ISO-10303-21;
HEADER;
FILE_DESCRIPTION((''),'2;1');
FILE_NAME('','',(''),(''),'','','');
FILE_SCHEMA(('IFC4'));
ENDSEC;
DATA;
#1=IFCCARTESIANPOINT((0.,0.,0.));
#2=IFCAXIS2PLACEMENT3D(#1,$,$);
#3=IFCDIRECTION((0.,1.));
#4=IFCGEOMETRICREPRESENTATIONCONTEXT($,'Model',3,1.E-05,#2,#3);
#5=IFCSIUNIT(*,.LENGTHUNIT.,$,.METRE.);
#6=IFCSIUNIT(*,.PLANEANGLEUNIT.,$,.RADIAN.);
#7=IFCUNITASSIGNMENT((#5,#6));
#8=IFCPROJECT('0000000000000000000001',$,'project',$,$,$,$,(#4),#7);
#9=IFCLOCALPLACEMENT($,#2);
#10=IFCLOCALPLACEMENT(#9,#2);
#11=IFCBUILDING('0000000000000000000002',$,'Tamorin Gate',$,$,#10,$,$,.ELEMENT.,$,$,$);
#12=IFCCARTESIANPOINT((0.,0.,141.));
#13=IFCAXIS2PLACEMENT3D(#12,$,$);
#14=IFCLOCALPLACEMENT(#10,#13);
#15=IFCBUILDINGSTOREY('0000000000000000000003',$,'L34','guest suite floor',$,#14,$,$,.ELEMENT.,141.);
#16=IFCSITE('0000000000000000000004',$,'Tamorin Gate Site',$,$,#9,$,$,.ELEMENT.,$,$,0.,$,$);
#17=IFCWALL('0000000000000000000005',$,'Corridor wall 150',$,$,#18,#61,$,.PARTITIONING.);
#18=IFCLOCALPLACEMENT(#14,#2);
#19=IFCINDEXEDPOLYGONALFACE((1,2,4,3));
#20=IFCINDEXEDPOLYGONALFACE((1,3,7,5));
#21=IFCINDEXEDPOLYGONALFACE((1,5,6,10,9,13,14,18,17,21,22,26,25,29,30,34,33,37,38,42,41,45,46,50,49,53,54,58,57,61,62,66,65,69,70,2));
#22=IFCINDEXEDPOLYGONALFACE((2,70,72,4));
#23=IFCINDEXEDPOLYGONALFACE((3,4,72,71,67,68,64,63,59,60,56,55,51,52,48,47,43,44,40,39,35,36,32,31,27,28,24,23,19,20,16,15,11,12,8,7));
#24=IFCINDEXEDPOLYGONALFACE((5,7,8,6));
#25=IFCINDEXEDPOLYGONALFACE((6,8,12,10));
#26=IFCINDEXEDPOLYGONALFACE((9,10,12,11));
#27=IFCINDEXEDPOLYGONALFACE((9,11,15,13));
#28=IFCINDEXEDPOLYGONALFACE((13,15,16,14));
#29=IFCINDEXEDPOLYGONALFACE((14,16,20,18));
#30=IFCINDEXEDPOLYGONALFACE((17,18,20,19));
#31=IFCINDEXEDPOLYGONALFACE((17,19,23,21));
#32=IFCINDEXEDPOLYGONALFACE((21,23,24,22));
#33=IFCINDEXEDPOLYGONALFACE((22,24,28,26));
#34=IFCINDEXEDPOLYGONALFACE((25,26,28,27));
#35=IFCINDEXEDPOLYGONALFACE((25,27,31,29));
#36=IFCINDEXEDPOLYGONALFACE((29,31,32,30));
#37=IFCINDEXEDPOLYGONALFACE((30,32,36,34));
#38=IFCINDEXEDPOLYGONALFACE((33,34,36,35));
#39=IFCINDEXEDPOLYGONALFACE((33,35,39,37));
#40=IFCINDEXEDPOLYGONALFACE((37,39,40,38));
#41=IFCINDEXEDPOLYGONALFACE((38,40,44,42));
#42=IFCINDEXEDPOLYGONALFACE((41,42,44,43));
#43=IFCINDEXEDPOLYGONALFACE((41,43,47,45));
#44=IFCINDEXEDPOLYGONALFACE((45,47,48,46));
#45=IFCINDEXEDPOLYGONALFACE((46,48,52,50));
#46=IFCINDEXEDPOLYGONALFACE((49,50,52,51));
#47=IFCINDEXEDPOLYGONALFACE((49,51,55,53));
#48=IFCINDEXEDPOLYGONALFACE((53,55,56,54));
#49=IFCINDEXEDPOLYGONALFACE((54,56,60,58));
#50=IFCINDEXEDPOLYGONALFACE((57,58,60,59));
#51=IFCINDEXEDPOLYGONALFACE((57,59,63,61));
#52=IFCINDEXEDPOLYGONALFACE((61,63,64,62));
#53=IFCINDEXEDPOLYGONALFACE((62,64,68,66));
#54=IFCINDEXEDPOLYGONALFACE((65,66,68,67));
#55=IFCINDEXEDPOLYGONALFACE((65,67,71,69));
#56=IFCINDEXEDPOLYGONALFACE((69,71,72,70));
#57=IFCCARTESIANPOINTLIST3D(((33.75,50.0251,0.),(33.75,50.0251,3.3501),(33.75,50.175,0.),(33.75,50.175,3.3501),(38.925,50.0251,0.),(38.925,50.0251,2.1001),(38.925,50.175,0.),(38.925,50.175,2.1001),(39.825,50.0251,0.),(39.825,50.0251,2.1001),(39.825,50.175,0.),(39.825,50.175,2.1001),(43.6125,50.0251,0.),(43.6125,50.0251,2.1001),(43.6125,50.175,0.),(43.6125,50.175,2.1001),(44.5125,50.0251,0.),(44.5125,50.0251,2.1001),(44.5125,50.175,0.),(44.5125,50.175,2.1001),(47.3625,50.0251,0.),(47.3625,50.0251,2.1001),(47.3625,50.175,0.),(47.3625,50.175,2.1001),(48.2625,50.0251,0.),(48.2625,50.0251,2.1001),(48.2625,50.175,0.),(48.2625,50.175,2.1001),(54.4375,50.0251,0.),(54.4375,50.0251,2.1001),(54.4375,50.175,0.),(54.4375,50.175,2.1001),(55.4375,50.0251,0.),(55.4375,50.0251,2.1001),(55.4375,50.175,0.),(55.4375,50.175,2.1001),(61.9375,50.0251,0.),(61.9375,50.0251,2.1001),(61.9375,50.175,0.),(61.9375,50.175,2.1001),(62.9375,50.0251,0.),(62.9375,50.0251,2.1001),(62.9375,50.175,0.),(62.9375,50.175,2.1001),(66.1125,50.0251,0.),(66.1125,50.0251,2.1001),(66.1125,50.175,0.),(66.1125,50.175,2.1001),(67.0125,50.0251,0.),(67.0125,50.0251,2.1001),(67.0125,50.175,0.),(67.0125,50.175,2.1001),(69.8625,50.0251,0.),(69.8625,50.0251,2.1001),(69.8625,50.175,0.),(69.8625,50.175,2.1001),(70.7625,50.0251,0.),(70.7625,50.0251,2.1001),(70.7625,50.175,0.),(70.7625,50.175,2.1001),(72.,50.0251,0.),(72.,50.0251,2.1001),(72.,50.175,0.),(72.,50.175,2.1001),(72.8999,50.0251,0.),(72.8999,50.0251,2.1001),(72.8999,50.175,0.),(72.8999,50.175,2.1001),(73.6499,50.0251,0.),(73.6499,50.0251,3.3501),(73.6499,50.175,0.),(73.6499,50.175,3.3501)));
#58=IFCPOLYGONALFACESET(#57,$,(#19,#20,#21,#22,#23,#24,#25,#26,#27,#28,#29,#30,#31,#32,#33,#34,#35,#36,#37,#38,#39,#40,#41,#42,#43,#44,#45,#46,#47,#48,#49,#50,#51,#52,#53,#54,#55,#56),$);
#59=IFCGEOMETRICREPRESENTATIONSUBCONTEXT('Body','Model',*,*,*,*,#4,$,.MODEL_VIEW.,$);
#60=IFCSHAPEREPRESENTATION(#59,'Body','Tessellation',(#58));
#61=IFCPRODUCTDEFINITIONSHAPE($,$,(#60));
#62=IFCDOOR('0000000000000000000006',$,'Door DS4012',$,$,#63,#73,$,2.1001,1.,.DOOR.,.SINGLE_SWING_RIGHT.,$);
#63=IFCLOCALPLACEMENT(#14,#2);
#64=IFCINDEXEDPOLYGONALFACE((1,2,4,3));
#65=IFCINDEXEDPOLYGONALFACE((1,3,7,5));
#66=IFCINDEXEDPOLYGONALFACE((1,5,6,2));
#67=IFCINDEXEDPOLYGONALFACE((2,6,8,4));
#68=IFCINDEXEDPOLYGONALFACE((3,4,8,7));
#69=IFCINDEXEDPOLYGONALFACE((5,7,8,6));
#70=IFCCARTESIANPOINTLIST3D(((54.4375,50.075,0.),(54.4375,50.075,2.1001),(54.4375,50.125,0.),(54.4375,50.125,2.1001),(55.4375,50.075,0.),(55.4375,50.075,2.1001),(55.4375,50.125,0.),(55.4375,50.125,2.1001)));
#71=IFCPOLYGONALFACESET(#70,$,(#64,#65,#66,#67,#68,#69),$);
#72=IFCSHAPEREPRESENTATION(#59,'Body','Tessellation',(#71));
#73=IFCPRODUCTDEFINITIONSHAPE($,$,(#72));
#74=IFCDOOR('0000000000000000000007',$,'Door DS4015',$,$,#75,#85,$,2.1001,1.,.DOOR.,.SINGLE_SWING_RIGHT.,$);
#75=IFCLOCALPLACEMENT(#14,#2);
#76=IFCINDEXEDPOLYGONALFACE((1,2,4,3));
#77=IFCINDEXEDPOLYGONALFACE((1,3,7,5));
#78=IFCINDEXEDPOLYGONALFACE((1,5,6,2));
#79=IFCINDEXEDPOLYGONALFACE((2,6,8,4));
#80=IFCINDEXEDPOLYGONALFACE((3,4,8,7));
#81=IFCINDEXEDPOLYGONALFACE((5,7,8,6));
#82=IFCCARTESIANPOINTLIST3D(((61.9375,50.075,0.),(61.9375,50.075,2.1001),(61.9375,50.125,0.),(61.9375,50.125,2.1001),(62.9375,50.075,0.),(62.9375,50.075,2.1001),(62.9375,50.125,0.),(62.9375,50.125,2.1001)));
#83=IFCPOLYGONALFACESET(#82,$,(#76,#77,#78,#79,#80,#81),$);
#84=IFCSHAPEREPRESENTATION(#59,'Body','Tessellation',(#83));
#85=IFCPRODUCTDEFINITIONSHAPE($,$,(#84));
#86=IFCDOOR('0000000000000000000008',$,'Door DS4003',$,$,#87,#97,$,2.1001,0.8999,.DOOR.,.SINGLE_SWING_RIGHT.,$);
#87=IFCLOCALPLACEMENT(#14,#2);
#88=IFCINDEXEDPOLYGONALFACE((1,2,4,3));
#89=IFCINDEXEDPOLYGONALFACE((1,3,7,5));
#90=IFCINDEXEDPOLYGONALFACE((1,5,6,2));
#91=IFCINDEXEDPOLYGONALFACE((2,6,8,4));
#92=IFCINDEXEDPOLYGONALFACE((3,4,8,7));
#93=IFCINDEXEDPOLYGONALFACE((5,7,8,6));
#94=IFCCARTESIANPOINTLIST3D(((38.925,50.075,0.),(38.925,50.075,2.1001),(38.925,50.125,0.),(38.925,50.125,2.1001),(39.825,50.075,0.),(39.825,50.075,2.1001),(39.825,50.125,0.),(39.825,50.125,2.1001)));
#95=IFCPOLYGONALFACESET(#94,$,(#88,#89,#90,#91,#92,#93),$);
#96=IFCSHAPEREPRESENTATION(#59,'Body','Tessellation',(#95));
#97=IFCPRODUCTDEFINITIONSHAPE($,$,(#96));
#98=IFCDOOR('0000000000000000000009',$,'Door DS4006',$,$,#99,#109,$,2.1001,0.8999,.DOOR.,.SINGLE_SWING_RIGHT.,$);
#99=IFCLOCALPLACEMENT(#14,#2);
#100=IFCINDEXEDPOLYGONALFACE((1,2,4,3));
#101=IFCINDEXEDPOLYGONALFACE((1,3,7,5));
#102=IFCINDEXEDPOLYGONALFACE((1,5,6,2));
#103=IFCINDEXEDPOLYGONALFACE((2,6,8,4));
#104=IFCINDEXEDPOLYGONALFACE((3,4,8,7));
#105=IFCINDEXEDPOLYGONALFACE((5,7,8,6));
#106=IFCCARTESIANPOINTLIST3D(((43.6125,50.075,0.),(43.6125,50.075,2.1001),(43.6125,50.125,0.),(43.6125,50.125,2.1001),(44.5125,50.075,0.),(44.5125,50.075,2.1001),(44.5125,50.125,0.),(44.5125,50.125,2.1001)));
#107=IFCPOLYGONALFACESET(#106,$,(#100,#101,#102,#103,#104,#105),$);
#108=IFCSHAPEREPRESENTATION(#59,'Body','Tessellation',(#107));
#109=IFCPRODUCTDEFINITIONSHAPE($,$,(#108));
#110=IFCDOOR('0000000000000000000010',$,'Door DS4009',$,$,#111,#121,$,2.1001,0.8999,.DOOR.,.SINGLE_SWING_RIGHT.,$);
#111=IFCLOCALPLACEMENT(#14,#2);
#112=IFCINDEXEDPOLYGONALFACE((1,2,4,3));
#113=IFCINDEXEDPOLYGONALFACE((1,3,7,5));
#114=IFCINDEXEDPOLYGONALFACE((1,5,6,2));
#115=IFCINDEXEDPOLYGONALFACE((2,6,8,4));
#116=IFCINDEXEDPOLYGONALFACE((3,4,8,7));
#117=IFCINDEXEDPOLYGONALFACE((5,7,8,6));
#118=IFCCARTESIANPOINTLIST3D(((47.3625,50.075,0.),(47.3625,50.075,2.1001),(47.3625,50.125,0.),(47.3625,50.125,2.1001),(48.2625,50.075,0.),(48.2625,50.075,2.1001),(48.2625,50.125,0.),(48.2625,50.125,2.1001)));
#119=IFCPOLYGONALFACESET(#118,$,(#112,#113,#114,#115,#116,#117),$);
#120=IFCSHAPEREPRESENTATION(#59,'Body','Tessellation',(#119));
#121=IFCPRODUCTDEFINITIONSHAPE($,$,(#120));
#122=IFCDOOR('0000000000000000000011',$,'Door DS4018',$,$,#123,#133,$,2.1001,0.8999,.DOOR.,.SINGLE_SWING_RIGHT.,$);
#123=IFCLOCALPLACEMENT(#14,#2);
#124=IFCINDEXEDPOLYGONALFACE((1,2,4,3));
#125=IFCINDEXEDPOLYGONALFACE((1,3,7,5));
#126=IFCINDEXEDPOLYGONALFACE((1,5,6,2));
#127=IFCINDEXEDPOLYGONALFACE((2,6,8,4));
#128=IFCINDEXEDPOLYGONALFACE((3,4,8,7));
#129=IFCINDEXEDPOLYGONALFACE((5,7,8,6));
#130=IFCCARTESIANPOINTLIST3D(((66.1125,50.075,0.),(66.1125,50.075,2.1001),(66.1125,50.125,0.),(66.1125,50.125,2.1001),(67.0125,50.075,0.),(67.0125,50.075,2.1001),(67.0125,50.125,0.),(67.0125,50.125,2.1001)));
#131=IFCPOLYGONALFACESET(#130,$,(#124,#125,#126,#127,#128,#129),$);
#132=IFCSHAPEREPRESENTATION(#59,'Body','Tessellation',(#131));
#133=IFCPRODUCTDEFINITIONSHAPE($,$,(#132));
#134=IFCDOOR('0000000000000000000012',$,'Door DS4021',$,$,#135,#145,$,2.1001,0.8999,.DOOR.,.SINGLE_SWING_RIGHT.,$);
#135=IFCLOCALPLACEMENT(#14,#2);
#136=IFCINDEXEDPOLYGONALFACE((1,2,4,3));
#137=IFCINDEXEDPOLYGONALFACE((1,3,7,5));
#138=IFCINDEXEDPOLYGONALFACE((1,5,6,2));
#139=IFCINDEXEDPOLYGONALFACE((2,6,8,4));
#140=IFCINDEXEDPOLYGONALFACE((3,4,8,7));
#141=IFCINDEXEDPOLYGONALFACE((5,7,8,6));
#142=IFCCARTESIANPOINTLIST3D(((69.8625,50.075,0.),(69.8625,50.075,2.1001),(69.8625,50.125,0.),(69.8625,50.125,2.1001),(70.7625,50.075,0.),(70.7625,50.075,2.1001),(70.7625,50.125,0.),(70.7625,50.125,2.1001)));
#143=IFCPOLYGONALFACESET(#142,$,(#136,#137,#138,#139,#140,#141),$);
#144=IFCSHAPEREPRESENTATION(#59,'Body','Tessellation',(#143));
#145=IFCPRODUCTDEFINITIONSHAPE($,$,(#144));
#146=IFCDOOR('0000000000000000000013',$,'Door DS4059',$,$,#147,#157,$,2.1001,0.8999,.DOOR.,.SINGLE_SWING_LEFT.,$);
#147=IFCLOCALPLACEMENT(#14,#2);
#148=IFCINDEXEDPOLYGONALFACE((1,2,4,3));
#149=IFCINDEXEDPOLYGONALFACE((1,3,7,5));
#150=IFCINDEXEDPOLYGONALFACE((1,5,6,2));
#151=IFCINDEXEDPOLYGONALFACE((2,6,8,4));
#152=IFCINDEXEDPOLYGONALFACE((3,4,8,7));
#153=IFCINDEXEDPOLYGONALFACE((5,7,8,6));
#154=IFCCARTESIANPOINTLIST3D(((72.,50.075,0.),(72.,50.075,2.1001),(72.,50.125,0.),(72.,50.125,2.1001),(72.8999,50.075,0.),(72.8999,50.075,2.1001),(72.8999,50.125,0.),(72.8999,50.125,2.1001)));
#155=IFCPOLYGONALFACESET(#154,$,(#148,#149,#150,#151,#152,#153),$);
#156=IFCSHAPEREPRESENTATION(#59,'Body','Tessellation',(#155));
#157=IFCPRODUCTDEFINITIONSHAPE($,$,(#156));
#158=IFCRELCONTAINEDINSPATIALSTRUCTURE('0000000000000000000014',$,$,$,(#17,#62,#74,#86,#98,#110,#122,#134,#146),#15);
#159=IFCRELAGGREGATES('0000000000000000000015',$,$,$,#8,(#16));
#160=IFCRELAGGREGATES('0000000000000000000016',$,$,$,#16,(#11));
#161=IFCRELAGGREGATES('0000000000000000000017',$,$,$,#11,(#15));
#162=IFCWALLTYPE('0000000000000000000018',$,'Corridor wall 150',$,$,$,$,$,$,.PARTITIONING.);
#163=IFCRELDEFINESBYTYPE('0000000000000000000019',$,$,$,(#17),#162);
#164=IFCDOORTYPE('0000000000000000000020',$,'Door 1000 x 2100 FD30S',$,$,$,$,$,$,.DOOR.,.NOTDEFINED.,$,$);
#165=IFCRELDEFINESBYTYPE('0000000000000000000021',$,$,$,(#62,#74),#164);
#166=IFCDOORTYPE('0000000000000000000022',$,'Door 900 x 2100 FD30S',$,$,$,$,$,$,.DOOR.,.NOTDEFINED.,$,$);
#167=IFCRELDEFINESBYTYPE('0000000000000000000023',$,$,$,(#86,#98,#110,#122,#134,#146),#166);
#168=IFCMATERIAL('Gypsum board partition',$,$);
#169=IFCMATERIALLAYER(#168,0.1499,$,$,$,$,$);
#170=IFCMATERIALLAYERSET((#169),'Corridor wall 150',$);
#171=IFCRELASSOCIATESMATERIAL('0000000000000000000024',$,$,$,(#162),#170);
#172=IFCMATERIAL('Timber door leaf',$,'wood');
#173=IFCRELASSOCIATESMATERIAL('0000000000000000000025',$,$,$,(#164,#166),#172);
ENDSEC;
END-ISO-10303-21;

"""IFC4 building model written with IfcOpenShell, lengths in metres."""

from ifc_helpers import new_model, si_unit, direction, frame, frame_2d, origin, place, context, subcontext, project, spatial, rectangle, extrude, material, layer, layer_set, type_object, element, fill, save


model = new_model("IFC4")

# Units and contexts
model_context = context("Model", 3, precision=1e-05, world=origin(), true_north=direction((0.0, 1.0)))
body_context = subcontext(model_context, "Body", "Model", "MODEL_VIEW")
ifc_project = project(units=[si_unit("LENGTHUNIT", "METRE"), si_unit("PLANEANGLEUNIT", "RADIAN")], contexts=[model_context])

# Site, building, storey
site_placement = place(None, origin())
site = spatial("IfcSite", under=ifc_project, at=site_placement, Name="Tamorin Gate Site", CompositionType="ELEMENT", RefElevation=0.0)
building_placement = place(site_placement, origin())
building = spatial("IfcBuilding", under=site, at=building_placement, Name="Tamorin Gate", CompositionType="ELEMENT")
storey_placement = place(building_placement, frame((0.0, 0.0, 141.0)))
storey = spatial("IfcBuildingStorey", under=building, at=storey_placement, Name="L34", Description="guest suite floor", CompositionType="ELEMENT", Elevation=141.0)

# Wall, openings, doors
ifc_material_1 = material(Name="Gypsum board partition")
ifc_layer_1 = layer(ifc_material_1, 0.1499)
ifc_layer_set_1 = layer_set([ifc_layer_1], Name="Corridor wall 150")
wall_type_1 = type_object("IfcWallType", Name="Corridor wall 150", PredefinedType="PARTITIONING", material=ifc_layer_set_1)
wall_1_placement = place(storey_placement, frame((33.75, 50.1001, 0.0), z_axis=(0.0, 0.0, 1.0), x_axis=(1.0, 0.0, 0.0)))
wall_1 = element("IfcWall", 1, at=wall_1_placement, inside=storey, type_object=wall_type_1, Name="Corridor wall 150", PredefinedType="PARTITIONING", context=body_context, shape_type="SweptSolid", body=[
    extrude(rectangle(XDim=39.8999, YDim=0.1499, at=frame_2d((19.95, 0.0))), origin(), (0.0, 0.0, 1.0), 3.3501),
])
opening_1_placement = place(wall_1_placement, frame((5.175, 0.0, 0.0)))
opening_1 = element("IfcOpeningElement", 2, at=opening_1_placement, cuts=wall_1, PredefinedType="OPENING", context=body_context, shape_type="SweptSolid", body=[
    extrude(rectangle(XDim=0.8999, YDim=2.1001, at=frame_2d((0.45, 1.05))), frame((0.0, 0.085, 0.0), z_axis=(0.0, -1.0, 0.0), x_axis=(1.0, 0.0, 0.0)), (0.0, 0.0, 1.0), 0.1699),
])
opening_2_placement = place(wall_1_placement, frame((9.8625, 0.0, 0.0)))
opening_2 = element("IfcOpeningElement", 3, at=opening_2_placement, cuts=wall_1, PredefinedType="OPENING", context=body_context, shape_type="SweptSolid", body=[
    extrude(rectangle(XDim=0.8999, YDim=2.1001, at=frame_2d((0.45, 1.05))), frame((0.0, 0.085, 0.0), z_axis=(0.0, -1.0, 0.0), x_axis=(1.0, 0.0, 0.0)), (0.0, 0.0, 1.0), 0.1699),
])
opening_3_placement = place(wall_1_placement, frame((13.6125, 0.0, 0.0)))
opening_3 = element("IfcOpeningElement", 4, at=opening_3_placement, cuts=wall_1, PredefinedType="OPENING", context=body_context, shape_type="SweptSolid", body=[
    extrude(rectangle(XDim=0.8999, YDim=2.1001, at=frame_2d((0.45, 1.05))), frame((0.0, 0.085, 0.0), z_axis=(0.0, -1.0, 0.0), x_axis=(1.0, 0.0, 0.0)), (0.0, 0.0, 1.0), 0.1699),
])
opening_4_placement = place(wall_1_placement, frame((20.6875, 0.0, 0.0)))
opening_4 = element("IfcOpeningElement", 5, at=opening_4_placement, cuts=wall_1, PredefinedType="OPENING", context=body_context, shape_type="SweptSolid", body=[
    extrude(rectangle(XDim=1.0, YDim=2.1001, at=frame_2d((0.5, 1.05))), frame((0.0, 0.085, 0.0), z_axis=(0.0, -1.0, 0.0), x_axis=(1.0, 0.0, 0.0)), (0.0, 0.0, 1.0), 0.1699),
])
opening_5_placement = place(wall_1_placement, frame((28.1875, 0.0, 0.0)))
opening_5 = element("IfcOpeningElement", 6, at=opening_5_placement, cuts=wall_1, PredefinedType="OPENING", context=body_context, shape_type="SweptSolid", body=[
    extrude(rectangle(XDim=1.0, YDim=2.1001, at=frame_2d((0.5, 1.05))), frame((0.0, 0.085, 0.0), z_axis=(0.0, -1.0, 0.0), x_axis=(1.0, 0.0, 0.0)), (0.0, 0.0, 1.0), 0.1699),
])
opening_6_placement = place(wall_1_placement, frame((32.3625, 0.0, 0.0)))
opening_6 = element("IfcOpeningElement", 7, at=opening_6_placement, cuts=wall_1, PredefinedType="OPENING", context=body_context, shape_type="SweptSolid", body=[
    extrude(rectangle(XDim=0.8999, YDim=2.1001, at=frame_2d((0.45, 1.05))), frame((0.0, 0.085, 0.0), z_axis=(0.0, -1.0, 0.0), x_axis=(1.0, 0.0, 0.0)), (0.0, 0.0, 1.0), 0.1699),
])
opening_7_placement = place(wall_1_placement, frame((36.1125, 0.0, 0.0)))
opening_7 = element("IfcOpeningElement", 8, at=opening_7_placement, cuts=wall_1, PredefinedType="OPENING", context=body_context, shape_type="SweptSolid", body=[
    extrude(rectangle(XDim=0.8999, YDim=2.1001, at=frame_2d((0.45, 1.05))), frame((0.0, 0.085, 0.0), z_axis=(0.0, -1.0, 0.0), x_axis=(1.0, 0.0, 0.0)), (0.0, 0.0, 1.0), 0.1699),
])
opening_8_placement = place(wall_1_placement, frame((38.25, 0.0, 0.0)))
opening_8 = element("IfcOpeningElement", 9, at=opening_8_placement, cuts=wall_1, PredefinedType="OPENING", context=body_context, shape_type="SweptSolid", body=[
    extrude(rectangle(XDim=0.8999, YDim=2.1001, at=frame_2d((0.45, 1.05))), frame((0.0, 0.085, 0.0), z_axis=(0.0, -1.0, 0.0), x_axis=(1.0, 0.0, 0.0)), (0.0, 0.0, 1.0), 0.1699),
])
ifc_material_2 = material(Name="Timber door leaf", Category="wood")
door_type_1 = type_object("IfcDoorType", Name="Door 1000 x 2100 FD30S", OperationType="NOTDEFINED", PredefinedType="DOOR", material=ifc_material_2)
door_1_placement = place(opening_4_placement, origin())
door_1 = element("IfcDoor", 10, at=door_1_placement, inside=storey, type_object=door_type_1, Name="Door DS4012", OperationType="SINGLE_SWING_RIGHT", OverallHeight=2.1001, OverallWidth=1.0, PredefinedType="DOOR", context=body_context, shape_type="SweptSolid", body=[
    extrude(rectangle(XDim=1.0, YDim=2.1001, at=frame_2d((0.5, 1.05))), frame((0.0, 0.0249, 0.0), z_axis=(0.0, -1.0, 0.0), x_axis=(1.0, 0.0, 0.0)), (0.0, 0.0, 1.0), 0.05),
])
fill(opening_4, door_1)
door_2_placement = place(opening_5_placement, origin())
door_2 = element("IfcDoor", 11, at=door_2_placement, inside=storey, type_object=door_type_1, Name="Door DS4015", OperationType="SINGLE_SWING_RIGHT", OverallHeight=2.1001, OverallWidth=1.0, PredefinedType="DOOR", context=body_context, shape_type="SweptSolid", body=[
    extrude(rectangle(XDim=1.0, YDim=2.1001, at=frame_2d((0.5, 1.05))), frame((0.0, 0.0249, 0.0), z_axis=(0.0, -1.0, 0.0), x_axis=(1.0, 0.0, 0.0)), (0.0, 0.0, 1.0), 0.05),
])
fill(opening_5, door_2)
door_type_2 = type_object("IfcDoorType", Name="Door 900 x 2100 FD30S", OperationType="NOTDEFINED", PredefinedType="DOOR", material=ifc_material_2)
door_3_placement = place(opening_1_placement, origin())
door_3 = element("IfcDoor", 12, at=door_3_placement, inside=storey, type_object=door_type_2, Name="Door DS4003", OperationType="SINGLE_SWING_RIGHT", OverallHeight=2.1001, OverallWidth=0.8999, PredefinedType="DOOR", context=body_context, shape_type="SweptSolid", body=[
    extrude(rectangle(XDim=0.8999, YDim=2.1001, at=frame_2d((0.45, 1.05))), frame((0.0, 0.0249, 0.0), z_axis=(0.0, -1.0, 0.0), x_axis=(1.0, 0.0, 0.0)), (0.0, 0.0, 1.0), 0.05),
])
fill(opening_1, door_3)
door_4_placement = place(opening_2_placement, origin())
door_4 = element("IfcDoor", 13, at=door_4_placement, inside=storey, type_object=door_type_2, Name="Door DS4006", OperationType="SINGLE_SWING_RIGHT", OverallHeight=2.1001, OverallWidth=0.8999, PredefinedType="DOOR", context=body_context, shape_type="SweptSolid", body=[
    extrude(rectangle(XDim=0.8999, YDim=2.1001, at=frame_2d((0.45, 1.05))), frame((0.0, 0.0249, 0.0), z_axis=(0.0, -1.0, 0.0), x_axis=(1.0, 0.0, 0.0)), (0.0, 0.0, 1.0), 0.05),
])
fill(opening_2, door_4)
door_5_placement = place(opening_3_placement, origin())
door_5 = element("IfcDoor", 14, at=door_5_placement, inside=storey, type_object=door_type_2, Name="Door DS4009", OperationType="SINGLE_SWING_RIGHT", OverallHeight=2.1001, OverallWidth=0.8999, PredefinedType="DOOR", context=body_context, shape_type="SweptSolid", body=[
    extrude(rectangle(XDim=0.8999, YDim=2.1001, at=frame_2d((0.45, 1.05))), frame((0.0, 0.0249, 0.0), z_axis=(0.0, -1.0, 0.0), x_axis=(1.0, 0.0, 0.0)), (0.0, 0.0, 1.0), 0.05),
])
fill(opening_3, door_5)
door_6_placement = place(opening_6_placement, origin())
door_6 = element("IfcDoor", 15, at=door_6_placement, inside=storey, type_object=door_type_2, Name="Door DS4018", OperationType="SINGLE_SWING_RIGHT", OverallHeight=2.1001, OverallWidth=0.8999, PredefinedType="DOOR", context=body_context, shape_type="SweptSolid", body=[
    extrude(rectangle(XDim=0.8999, YDim=2.1001, at=frame_2d((0.45, 1.05))), frame((0.0, 0.0249, 0.0), z_axis=(0.0, -1.0, 0.0), x_axis=(1.0, 0.0, 0.0)), (0.0, 0.0, 1.0), 0.05),
])
fill(opening_6, door_6)
door_7_placement = place(opening_7_placement, origin())
door_7 = element("IfcDoor", 16, at=door_7_placement, inside=storey, type_object=door_type_2, Name="Door DS4021", OperationType="SINGLE_SWING_RIGHT", OverallHeight=2.1001, OverallWidth=0.8999, PredefinedType="DOOR", context=body_context, shape_type="SweptSolid", body=[
    extrude(rectangle(XDim=0.8999, YDim=2.1001, at=frame_2d((0.45, 1.05))), frame((0.0, 0.0249, 0.0), z_axis=(0.0, -1.0, 0.0), x_axis=(1.0, 0.0, 0.0)), (0.0, 0.0, 1.0), 0.05),
])
fill(opening_7, door_7)
door_8_placement = place(opening_8_placement, origin())
door_8 = element("IfcDoor", 17, at=door_8_placement, inside=storey, type_object=door_type_2, Name="Door DS4059", OperationType="SINGLE_SWING_LEFT", OverallHeight=2.1001, OverallWidth=0.8999, PredefinedType="DOOR", context=body_context, shape_type="SweptSolid", body=[
    extrude(rectangle(XDim=0.8999, YDim=2.1001, at=frame_2d((0.45, 1.05))), frame((0.0, 0.0249, 0.0), z_axis=(0.0, -1.0, 0.0), x_axis=(1.0, 0.0, 0.0)), (0.0, 0.0, 1.0), 0.05),
])
fill(opening_8, door_8)

save(model, "model.ifc")
